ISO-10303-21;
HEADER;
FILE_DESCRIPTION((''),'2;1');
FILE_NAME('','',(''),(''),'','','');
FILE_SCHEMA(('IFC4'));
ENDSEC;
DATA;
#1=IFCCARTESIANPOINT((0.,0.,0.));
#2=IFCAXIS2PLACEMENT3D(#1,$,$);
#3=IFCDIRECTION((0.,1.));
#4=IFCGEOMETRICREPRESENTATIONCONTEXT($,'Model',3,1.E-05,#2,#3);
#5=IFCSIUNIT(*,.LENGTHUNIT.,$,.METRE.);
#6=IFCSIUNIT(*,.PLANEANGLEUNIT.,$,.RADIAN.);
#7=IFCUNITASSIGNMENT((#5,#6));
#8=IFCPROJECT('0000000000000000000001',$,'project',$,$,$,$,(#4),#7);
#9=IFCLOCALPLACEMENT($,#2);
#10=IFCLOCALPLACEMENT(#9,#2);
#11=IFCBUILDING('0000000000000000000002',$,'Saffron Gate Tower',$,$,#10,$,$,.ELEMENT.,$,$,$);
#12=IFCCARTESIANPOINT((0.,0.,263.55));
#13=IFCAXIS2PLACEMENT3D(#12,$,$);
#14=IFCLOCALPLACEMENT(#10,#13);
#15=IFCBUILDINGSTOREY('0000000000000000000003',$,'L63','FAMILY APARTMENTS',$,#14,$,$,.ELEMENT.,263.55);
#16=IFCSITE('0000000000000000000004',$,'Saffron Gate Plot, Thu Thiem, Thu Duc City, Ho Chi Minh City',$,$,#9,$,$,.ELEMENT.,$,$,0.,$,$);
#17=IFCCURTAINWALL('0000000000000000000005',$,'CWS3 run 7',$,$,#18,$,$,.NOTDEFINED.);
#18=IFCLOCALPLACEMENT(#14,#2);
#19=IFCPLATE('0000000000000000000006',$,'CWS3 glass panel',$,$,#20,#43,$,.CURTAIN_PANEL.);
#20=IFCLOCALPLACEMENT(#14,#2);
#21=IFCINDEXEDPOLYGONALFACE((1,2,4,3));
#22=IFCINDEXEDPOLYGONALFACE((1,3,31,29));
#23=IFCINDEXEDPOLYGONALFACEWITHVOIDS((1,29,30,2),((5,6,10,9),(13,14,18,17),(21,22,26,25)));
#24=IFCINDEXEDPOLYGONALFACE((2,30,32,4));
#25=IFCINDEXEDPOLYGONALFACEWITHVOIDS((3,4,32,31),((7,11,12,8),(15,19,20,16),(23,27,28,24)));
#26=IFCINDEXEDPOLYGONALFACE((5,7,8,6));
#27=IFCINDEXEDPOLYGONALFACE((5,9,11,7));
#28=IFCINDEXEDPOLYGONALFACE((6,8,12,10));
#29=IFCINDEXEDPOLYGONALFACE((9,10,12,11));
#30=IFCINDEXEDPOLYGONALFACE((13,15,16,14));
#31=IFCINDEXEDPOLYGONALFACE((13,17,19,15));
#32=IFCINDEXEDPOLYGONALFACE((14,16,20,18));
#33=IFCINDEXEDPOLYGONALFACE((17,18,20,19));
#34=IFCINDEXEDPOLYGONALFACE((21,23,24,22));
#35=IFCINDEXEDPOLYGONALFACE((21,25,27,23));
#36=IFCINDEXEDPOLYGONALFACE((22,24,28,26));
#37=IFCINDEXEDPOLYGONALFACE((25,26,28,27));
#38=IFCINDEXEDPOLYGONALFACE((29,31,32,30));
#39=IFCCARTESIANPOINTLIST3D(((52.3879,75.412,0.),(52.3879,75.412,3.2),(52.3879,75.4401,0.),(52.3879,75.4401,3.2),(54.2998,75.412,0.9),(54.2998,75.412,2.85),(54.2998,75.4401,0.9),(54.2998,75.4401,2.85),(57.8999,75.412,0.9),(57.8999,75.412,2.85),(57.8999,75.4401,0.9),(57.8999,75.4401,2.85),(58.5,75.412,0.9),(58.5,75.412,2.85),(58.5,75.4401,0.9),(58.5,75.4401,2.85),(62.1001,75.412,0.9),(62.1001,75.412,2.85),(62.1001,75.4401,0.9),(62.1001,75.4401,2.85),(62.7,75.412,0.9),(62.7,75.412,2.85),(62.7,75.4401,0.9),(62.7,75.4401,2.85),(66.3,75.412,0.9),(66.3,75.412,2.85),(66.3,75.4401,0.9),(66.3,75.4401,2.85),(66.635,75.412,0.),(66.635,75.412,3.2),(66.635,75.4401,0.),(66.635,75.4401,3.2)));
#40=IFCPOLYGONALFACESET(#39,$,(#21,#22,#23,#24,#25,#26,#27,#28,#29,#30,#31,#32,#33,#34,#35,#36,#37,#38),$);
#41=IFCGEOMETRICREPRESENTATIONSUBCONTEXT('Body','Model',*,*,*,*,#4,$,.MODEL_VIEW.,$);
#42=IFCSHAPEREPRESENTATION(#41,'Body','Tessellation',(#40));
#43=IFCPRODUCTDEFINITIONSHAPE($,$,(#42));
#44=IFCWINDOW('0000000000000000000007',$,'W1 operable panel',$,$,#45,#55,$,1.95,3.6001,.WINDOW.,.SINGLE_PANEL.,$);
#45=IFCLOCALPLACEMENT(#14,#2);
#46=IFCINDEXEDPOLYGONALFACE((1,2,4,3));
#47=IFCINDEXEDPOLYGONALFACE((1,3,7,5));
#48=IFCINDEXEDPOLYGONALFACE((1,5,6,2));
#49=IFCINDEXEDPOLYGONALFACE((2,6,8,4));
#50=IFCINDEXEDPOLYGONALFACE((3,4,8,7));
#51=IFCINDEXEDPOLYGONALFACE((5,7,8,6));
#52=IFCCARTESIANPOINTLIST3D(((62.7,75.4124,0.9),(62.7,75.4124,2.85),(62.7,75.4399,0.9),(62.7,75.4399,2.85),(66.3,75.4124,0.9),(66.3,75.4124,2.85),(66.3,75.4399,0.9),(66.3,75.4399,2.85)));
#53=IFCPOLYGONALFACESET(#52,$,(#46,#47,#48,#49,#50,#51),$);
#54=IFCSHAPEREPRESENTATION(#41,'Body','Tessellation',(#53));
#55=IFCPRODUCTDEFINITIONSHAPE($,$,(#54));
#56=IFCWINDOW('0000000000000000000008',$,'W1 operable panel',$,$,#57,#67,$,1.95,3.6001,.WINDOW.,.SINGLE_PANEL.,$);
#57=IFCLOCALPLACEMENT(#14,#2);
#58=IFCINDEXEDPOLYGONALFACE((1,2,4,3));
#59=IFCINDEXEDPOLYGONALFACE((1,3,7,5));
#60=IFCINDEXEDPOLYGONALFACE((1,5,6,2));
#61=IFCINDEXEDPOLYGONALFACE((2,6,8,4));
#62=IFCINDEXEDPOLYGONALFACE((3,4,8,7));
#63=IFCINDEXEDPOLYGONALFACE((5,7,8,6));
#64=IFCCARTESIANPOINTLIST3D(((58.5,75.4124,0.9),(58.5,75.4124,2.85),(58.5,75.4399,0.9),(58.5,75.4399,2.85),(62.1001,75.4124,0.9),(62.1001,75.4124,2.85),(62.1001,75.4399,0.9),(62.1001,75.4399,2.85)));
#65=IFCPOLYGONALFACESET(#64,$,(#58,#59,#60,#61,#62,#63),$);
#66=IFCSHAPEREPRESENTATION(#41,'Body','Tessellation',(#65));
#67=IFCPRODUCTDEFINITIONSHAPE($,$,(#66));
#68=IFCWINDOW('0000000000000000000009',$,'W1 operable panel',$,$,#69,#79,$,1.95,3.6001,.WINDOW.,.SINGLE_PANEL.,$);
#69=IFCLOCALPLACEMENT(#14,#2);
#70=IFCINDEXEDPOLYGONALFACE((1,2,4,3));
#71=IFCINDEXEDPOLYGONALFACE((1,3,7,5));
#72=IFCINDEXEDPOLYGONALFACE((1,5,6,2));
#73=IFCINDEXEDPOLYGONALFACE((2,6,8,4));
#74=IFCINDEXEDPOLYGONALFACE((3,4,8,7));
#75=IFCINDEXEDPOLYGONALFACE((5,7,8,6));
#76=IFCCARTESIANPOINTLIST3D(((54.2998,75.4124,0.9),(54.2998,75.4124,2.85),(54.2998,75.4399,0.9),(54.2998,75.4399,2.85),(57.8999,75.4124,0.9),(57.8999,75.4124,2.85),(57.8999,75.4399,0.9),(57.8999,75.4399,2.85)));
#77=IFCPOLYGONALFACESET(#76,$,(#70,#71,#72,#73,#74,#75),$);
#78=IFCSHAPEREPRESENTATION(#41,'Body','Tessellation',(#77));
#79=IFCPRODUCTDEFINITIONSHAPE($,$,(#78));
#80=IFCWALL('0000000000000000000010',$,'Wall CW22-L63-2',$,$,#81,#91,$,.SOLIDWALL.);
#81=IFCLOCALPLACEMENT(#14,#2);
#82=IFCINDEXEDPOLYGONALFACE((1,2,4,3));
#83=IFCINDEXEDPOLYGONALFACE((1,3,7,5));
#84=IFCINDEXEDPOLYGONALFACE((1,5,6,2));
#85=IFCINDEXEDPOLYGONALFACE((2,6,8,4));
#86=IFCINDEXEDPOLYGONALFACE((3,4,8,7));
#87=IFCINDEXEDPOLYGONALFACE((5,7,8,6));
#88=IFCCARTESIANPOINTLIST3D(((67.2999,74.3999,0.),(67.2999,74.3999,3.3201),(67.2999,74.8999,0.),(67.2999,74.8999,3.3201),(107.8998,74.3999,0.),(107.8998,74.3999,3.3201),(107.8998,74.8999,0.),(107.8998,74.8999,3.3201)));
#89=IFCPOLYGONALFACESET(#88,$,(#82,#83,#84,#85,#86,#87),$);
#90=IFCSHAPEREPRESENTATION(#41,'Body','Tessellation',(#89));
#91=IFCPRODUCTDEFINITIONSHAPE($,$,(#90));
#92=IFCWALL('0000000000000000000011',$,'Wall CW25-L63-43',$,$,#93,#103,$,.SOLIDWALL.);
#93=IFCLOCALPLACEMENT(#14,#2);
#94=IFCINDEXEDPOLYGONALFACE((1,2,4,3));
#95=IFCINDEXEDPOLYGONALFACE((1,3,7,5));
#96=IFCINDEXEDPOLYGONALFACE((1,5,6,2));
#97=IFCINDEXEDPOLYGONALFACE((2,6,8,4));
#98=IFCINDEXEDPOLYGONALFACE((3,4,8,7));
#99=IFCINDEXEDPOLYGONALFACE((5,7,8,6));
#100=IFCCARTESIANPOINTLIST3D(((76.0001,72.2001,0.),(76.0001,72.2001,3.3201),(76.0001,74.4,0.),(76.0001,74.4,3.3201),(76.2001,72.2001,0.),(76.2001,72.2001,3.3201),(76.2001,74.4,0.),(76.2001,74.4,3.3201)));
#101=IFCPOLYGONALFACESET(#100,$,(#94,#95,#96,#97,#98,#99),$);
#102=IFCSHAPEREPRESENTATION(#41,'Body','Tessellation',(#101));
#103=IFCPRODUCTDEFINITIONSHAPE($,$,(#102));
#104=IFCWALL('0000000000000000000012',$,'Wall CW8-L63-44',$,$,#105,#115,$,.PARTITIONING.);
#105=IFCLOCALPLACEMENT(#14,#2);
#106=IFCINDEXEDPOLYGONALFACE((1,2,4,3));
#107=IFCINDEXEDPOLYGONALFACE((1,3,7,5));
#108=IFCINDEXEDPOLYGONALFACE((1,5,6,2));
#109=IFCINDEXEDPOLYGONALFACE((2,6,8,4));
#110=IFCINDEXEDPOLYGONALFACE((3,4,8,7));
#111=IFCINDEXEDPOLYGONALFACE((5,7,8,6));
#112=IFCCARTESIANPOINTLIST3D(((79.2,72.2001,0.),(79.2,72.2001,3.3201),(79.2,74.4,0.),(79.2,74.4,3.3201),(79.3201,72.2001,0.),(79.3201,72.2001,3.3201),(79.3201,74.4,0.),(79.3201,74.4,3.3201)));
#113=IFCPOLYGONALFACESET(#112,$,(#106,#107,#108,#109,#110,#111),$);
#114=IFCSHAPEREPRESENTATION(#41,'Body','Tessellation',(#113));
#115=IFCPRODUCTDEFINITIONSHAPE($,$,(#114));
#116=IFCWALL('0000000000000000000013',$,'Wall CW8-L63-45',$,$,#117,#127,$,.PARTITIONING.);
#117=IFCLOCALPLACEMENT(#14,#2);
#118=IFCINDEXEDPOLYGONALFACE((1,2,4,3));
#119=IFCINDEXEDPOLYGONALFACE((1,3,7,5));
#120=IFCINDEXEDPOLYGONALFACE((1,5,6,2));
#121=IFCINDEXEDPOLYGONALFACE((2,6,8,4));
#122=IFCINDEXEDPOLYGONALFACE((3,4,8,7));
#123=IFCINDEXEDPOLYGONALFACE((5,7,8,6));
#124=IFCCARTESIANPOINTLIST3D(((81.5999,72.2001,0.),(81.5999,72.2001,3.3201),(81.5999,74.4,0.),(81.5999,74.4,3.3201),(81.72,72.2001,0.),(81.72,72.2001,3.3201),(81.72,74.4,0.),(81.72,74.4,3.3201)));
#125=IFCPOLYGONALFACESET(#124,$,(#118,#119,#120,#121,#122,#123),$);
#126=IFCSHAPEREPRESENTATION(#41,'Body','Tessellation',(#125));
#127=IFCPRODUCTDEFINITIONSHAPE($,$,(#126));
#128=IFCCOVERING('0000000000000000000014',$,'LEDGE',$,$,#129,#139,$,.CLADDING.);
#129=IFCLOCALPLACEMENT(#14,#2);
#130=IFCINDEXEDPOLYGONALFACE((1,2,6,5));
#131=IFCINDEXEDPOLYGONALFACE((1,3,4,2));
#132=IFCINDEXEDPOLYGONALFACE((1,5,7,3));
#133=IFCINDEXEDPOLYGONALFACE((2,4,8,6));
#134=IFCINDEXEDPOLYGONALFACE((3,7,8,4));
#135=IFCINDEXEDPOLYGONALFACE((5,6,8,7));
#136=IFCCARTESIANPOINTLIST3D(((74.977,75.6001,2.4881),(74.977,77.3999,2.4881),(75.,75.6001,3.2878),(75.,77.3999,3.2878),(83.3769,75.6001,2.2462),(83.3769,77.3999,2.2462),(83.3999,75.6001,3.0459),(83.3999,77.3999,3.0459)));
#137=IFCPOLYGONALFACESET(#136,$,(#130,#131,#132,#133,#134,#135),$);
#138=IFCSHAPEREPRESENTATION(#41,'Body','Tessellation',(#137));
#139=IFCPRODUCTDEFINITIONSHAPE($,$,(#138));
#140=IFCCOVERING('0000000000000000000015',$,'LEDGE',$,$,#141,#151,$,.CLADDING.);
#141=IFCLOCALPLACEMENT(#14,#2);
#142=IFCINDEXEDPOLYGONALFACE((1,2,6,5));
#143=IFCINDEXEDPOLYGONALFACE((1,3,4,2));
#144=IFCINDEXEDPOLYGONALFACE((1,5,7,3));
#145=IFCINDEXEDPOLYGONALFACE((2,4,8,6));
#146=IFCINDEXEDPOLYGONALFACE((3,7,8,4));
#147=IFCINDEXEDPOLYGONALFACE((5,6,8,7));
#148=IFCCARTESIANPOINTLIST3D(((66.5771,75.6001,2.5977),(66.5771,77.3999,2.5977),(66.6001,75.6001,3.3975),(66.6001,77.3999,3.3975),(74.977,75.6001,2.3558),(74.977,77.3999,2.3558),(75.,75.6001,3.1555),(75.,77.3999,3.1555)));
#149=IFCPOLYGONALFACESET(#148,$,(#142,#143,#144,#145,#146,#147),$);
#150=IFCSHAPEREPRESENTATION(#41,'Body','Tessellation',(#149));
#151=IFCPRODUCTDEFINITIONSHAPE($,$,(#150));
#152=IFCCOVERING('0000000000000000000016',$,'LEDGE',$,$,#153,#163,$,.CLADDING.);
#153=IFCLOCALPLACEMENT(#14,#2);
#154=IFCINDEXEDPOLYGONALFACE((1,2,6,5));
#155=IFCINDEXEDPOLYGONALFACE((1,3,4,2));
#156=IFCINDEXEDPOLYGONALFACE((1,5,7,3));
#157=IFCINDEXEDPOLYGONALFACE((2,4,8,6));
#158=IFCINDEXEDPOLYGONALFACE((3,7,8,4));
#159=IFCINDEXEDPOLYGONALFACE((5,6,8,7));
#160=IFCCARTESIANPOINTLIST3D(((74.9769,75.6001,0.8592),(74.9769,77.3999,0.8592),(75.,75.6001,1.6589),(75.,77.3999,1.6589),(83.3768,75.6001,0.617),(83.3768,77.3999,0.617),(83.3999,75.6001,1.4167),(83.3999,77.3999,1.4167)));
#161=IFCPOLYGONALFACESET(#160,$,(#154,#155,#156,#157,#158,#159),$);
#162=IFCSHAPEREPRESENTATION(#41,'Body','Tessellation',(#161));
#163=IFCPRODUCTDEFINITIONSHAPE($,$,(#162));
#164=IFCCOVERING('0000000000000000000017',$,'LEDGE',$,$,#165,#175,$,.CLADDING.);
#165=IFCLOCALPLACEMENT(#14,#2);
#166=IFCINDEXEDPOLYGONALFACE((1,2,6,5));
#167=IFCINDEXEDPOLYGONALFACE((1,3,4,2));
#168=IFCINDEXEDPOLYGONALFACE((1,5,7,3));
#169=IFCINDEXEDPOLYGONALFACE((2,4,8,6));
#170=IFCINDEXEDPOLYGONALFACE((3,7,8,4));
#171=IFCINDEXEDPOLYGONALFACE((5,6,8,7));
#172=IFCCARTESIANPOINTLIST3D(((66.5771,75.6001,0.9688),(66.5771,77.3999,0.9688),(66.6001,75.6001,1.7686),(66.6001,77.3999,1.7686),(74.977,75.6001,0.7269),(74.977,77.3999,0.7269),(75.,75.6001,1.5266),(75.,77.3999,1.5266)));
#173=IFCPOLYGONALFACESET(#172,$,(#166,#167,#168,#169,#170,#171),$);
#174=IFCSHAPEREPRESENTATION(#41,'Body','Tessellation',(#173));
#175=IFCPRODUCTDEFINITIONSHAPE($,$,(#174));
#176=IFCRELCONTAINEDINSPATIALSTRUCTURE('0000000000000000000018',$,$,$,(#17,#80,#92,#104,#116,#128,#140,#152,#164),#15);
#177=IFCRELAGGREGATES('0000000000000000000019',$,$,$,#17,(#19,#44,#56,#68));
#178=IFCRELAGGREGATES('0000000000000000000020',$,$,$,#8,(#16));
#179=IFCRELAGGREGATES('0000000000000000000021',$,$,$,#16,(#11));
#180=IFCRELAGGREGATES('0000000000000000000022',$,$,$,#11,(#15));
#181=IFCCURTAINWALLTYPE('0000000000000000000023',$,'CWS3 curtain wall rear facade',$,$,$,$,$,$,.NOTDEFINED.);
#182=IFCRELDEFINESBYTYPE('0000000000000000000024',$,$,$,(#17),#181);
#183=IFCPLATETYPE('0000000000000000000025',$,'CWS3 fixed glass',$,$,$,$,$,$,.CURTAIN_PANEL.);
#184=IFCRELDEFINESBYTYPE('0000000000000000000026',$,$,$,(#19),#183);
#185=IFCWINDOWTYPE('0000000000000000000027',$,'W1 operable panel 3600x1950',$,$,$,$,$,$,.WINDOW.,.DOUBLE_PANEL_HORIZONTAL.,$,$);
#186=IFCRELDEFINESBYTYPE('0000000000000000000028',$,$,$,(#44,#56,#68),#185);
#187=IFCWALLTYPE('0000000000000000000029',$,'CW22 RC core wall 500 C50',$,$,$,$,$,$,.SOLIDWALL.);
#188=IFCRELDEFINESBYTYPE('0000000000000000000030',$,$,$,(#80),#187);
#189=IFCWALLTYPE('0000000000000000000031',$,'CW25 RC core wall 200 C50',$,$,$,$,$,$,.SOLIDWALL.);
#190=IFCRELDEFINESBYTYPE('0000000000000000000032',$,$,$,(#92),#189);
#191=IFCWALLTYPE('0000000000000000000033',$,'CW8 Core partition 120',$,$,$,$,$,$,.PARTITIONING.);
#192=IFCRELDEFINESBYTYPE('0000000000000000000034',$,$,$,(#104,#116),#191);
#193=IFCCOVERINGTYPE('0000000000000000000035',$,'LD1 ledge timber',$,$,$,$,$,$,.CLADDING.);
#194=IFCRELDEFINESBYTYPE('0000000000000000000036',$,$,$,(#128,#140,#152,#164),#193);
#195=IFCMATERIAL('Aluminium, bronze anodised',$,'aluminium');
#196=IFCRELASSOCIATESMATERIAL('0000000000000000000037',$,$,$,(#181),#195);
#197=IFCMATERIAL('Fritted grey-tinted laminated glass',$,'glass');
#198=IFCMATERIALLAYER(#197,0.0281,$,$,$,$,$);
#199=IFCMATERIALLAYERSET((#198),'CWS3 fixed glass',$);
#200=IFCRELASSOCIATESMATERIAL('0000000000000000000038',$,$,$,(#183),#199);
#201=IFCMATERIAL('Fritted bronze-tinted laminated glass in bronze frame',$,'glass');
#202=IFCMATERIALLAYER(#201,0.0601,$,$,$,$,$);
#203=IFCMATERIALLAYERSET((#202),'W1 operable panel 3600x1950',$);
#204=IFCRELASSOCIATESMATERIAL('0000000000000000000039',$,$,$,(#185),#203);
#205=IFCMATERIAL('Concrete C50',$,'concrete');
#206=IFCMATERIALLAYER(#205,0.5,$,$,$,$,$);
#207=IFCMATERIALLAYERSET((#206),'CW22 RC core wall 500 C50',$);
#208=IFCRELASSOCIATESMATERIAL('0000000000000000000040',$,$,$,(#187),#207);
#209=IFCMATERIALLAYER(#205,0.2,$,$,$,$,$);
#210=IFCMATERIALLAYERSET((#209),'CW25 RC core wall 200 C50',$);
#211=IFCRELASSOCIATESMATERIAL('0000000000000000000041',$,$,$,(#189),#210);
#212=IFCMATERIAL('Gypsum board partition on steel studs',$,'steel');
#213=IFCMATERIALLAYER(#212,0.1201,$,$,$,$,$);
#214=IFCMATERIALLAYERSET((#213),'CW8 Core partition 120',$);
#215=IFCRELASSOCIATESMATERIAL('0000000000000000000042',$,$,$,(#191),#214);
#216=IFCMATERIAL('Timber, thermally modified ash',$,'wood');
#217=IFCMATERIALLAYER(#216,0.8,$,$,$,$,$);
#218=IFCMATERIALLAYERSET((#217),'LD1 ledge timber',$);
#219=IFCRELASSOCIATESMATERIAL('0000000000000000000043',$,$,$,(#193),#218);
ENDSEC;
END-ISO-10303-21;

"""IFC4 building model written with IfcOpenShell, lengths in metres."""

from ifc_helpers import new_model, si_unit, direction, frame, frame_2d, origin, place, context, subcontext, project, spatial, polyline, rectangle, outline, extrude, material, layer, layer_set, type_object, element, fill, aggregate, save


model = new_model("IFC4")

# Units and contexts
model_context = context("Model", 3, precision=1e-05, world=origin(), true_north=direction((0.0, 1.0)))
body_context = subcontext(model_context, "Body", "Model", "MODEL_VIEW")
ifc_project = project(units=[si_unit("LENGTHUNIT", "METRE"), si_unit("PLANEANGLEUNIT", "RADIAN")], contexts=[model_context])

# Site, building, storey
site_placement = place(None, origin())
site = spatial("IfcSite", under=ifc_project, at=site_placement, Name="Saffron Gate Plot, Thu Thiem, Thu Duc City, Ho Chi Minh City", CompositionType="ELEMENT", RefElevation=0.0)
building_placement = place(site_placement, origin())
building = spatial("IfcBuilding", under=site, at=building_placement, Name="Saffron Gate Tower", CompositionType="ELEMENT")
storey_placement = place(building_placement, frame((0.0, 0.0, 263.55)))
storey = spatial("IfcBuildingStorey", under=building, at=storey_placement, Name="L63", Description="FAMILY APARTMENTS", CompositionType="ELEMENT", Elevation=263.55)

# Curtain wall, plate, openings, windows
ifc_material_1 = material(Name="Aluminium, bronze anodised", Category="aluminium")
curtain_wall_type = type_object("IfcCurtainWallType", Name="CWS3 curtain wall rear facade", PredefinedType="NOTDEFINED", material=ifc_material_1)
curtain_wall_placement = place(storey_placement, origin())
curtain_wall = element("IfcCurtainWall", 1, at=curtain_wall_placement, inside=storey, type_object=curtain_wall_type, Name="CWS3 run 7", PredefinedType="NOTDEFINED")
ifc_material_2 = material(Name="Fritted grey-tinted laminated glass", Category="glass")
ifc_layer_1 = layer(ifc_material_2, 0.0281)
ifc_layer_set_1 = layer_set([ifc_layer_1], Name="CWS3 fixed glass")
plate_type = type_object("IfcPlateType", Name="CWS3 fixed glass", PredefinedType="CURTAIN_PANEL", material=ifc_layer_set_1)
plate_placement = place(storey_placement, frame((66.635, 75.426, 0.0), z_axis=(0.0, 0.0, 1.0), x_axis=(-1.0, 0.0, 0.0)))
plate = element("IfcPlate", 2, at=plate_placement, type_object=plate_type, Name="CWS3 glass panel", PredefinedType="CURTAIN_PANEL", context=body_context, shape_type="SweptSolid", body=[
    extrude(rectangle(XDim=14.2471, YDim=0.0281, at=frame_2d((7.1235, 0.0))), origin(), (0.0, 0.0, 1.0), 3.2),
])
opening_1_placement = place(plate_placement, frame((0.335, 0.0, 0.8999)))
opening_1 = element("IfcOpeningElement", 3, at=opening_1_placement, cuts=plate, PredefinedType="OPENING", context=body_context, shape_type="SweptSolid", body=[
    extrude(rectangle(XDim=3.6001, YDim=1.95, at=frame_2d((1.8, 0.9751))), frame((0.0, 0.0239, 0.0), z_axis=(0.0, -1.0, 0.0), x_axis=(1.0, 0.0, 0.0)), (0.0, 0.0, 1.0), 0.0481),
])
opening_2_placement = place(plate_placement, frame((4.5349, 0.0, 0.8999)))
opening_2 = element("IfcOpeningElement", 4, at=opening_2_placement, cuts=plate, PredefinedType="OPENING", context=body_context, shape_type="SweptSolid", body=[
    extrude(rectangle(XDim=3.6001, YDim=1.95, at=frame_2d((1.8, 0.9751))), frame((0.0, 0.0239, 0.0), z_axis=(0.0, -1.0, 0.0), x_axis=(1.0, 0.0, 0.0)), (0.0, 0.0, 1.0), 0.0481),
])
opening_3_placement = place(plate_placement, frame((8.7351, 0.0, 0.8999)))
opening_3 = element("IfcOpeningElement", 5, at=opening_3_placement, cuts=plate, PredefinedType="OPENING", context=body_context, shape_type="SweptSolid", body=[
    extrude(rectangle(XDim=3.6001, YDim=1.95, at=frame_2d((1.8, 0.9751))), frame((0.0, 0.0239, 0.0), z_axis=(0.0, -1.0, 0.0), x_axis=(1.0, 0.0, 0.0)), (0.0, 0.0, 1.0), 0.0481),
])
ifc_material_3 = material(Name="Fritted bronze-tinted laminated glass in bronze frame", Category="glass")
ifc_layer_2 = layer(ifc_material_3, 0.0601)
ifc_layer_set_2 = layer_set([ifc_layer_2], Name="W1 operable panel 3600x1950")
window_type = type_object("IfcWindowType", Name="W1 operable panel 3600x1950", PartitioningType="DOUBLE_PANEL_HORIZONTAL", PredefinedType="WINDOW", material=ifc_layer_set_2)
window_1_placement = place(opening_1_placement, origin())
window_1 = element("IfcWindow", 6, at=window_1_placement, type_object=window_type, Name="W1 operable panel", OverallHeight=1.95, OverallWidth=3.6001, PartitioningType="SINGLE_PANEL", PredefinedType="WINDOW", context=body_context, shape_type="SweptSolid", body=[
    extrude(rectangle(XDim=3.6001, YDim=1.95, at=frame_2d((1.8, 0.9751))), frame((0.0, 0.0137, 0.0), z_axis=(0.0, -1.0, 0.0), x_axis=(1.0, 0.0, 0.0)), (0.0, 0.0, 1.0), 0.0276),
])
fill(opening_1, window_1)
window_2_placement = place(opening_2_placement, origin())
window_2 = element("IfcWindow", 7, at=window_2_placement, type_object=window_type, Name="W1 operable panel", OverallHeight=1.95, OverallWidth=3.6001, PartitioningType="SINGLE_PANEL", PredefinedType="WINDOW", context=body_context, shape_type="SweptSolid", body=[
    extrude(rectangle(XDim=3.6001, YDim=1.95, at=frame_2d((1.8, 0.9751))), frame((0.0, 0.0137, 0.0), z_axis=(0.0, -1.0, 0.0), x_axis=(1.0, 0.0, 0.0)), (0.0, 0.0, 1.0), 0.0276),
])
fill(opening_2, window_2)
window_3_placement = place(opening_3_placement, origin())
window_3 = element("IfcWindow", 8, at=window_3_placement, type_object=window_type, Name="W1 operable panel", OverallHeight=1.95, OverallWidth=3.6001, PartitioningType="SINGLE_PANEL", PredefinedType="WINDOW", context=body_context, shape_type="SweptSolid", body=[
    extrude(rectangle(XDim=3.6001, YDim=1.95, at=frame_2d((1.8, 0.9751))), frame((0.0, 0.0137, 0.0), z_axis=(0.0, -1.0, 0.0), x_axis=(1.0, 0.0, 0.0)), (0.0, 0.0, 1.0), 0.0276),
])
fill(opening_3, window_3)
aggregate(curtain_wall, [plate, window_1, window_2, window_3])

# Walls
ifc_material_4 = material(Name="Concrete C50", Category="concrete")
ifc_layer_3 = layer(ifc_material_4, 0.5)
ifc_layer_set_3 = layer_set([ifc_layer_3], Name="CW22 RC core wall 500 C50")
wall_type_1 = type_object("IfcWallType", Name="CW22 RC core wall 500 C50", PredefinedType="SOLIDWALL", material=ifc_layer_set_3)
wall_1_placement = place(storey_placement, frame((67.3, 74.6499, 0.0), z_axis=(0.0, 0.0, 1.0), x_axis=(1.0, 0.0, 0.0)))
element("IfcWall", 9, at=wall_1_placement, inside=storey, type_object=wall_type_1, Name="Wall CW22-L63-2", PredefinedType="SOLIDWALL", context=body_context, shape_type="SweptSolid", body=[
    extrude(rectangle(XDim=40.5999, YDim=0.5, at=frame_2d((20.2998, 0.0))), origin(), (0.0, 0.0, 1.0), 3.3201),
])
ifc_layer_4 = layer(ifc_material_4, 0.2)
ifc_layer_set_4 = layer_set([ifc_layer_4], Name="CW25 RC core wall 200 C50")
wall_type_2 = type_object("IfcWallType", Name="CW25 RC core wall 200 C50", PredefinedType="SOLIDWALL", material=ifc_layer_set_4)
wall_2_placement = place(storey_placement, frame((76.1001, 72.2, 0.0), z_axis=(0.0, 0.0, 1.0), x_axis=(0.0, 1.0, 0.0)))
element("IfcWall", 10, at=wall_2_placement, inside=storey, type_object=wall_type_2, Name="Wall CW25-L63-43", PredefinedType="SOLIDWALL", context=body_context, shape_type="SweptSolid", body=[
    extrude(rectangle(XDim=2.2, YDim=0.2, at=frame_2d((1.1001, 0.0))), origin(), (0.0, 0.0, 1.0), 3.3201),
])
ifc_material_5 = material(Name="Gypsum board partition on steel studs", Category="steel")
ifc_layer_5 = layer(ifc_material_5, 0.1201)
ifc_layer_set_5 = layer_set([ifc_layer_5], Name="CW8 Core partition 120")
wall_type_3 = type_object("IfcWallType", Name="CW8 Core partition 120", PredefinedType="PARTITIONING", material=ifc_layer_set_5)
for number, where, z_axis, x_axis, name in (
    (11, (79.26, 72.2, 0.0), (0.0, 0.0, 1.0), (0.0, 1.0, 0.0), "Wall CW8-L63-44"),
    (12, (81.6599, 72.2, 0.0), (0.0, 0.0, 1.0), (0.0, 1.0, 0.0), "Wall CW8-L63-45"),
):
    element("IfcWall", number, at=place(storey_placement, frame(where, z_axis=z_axis, x_axis=x_axis)), inside=storey, type_object=wall_type_3, Name=name, PredefinedType="PARTITIONING", context=body_context, shape_type="SweptSolid", body=[
        extrude(rectangle(XDim=2.2, YDim=0.1201, at=frame_2d((1.1001, 0.0))), origin(), (0.0, 0.0, 1.0), 3.3201),
    ])

# Coverings
ifc_material_6 = material(Name="Timber, thermally modified ash", Category="wood")
ifc_layer_6 = layer(ifc_material_6, 0.8)
ifc_layer_set_6 = layer_set([ifc_layer_6], Name="LD1 ledge timber")
covering_type_1 = type_object("IfcCoveringType", Name="LD1 ledge timber", PredefinedType="CLADDING", material=ifc_layer_set_6)
for number, where, z_axis, x_axis, name in (
    (13, (83.3999, 75.6001, 3.0459), (0.028791, 0.0, 0.999585), (-0.999585, 0.0, 0.028791), "LEDGE"),
    (14, (75.0, 75.6001, 3.1555), (0.028791, 0.0, 0.999585), (-0.999585, 0.0, 0.028791), "LEDGE"),
):
    element("IfcCovering", number, at=place(storey_placement, frame(where, z_axis=z_axis, x_axis=x_axis)), inside=storey, type_object=covering_type_1, Name=name, PredefinedType="CLADDING", context=body_context, shape_type="SweptSolid", body=[
        extrude(outline(polyline([(0.0, 0.0), (8.4034, 0.0), (8.4034, -1.7998), (0.0, -1.7998), (0.0, 0.0)])), origin(), (0.0, 0.0, -1.0), 0.8),
    ])
covering_1_placement = place(storey_placement, frame((83.3999, 75.6001, 1.4167), z_axis=(0.02882, 0.0, 0.999585), x_axis=(-0.999585, 0.0, 0.02882)))
element("IfcCovering", 15, at=covering_1_placement, inside=storey, type_object=covering_type_1, Name="LEDGE", PredefinedType="CLADDING", context=body_context, shape_type="SweptSolid", body=[
    extrude(outline(polyline([(0.0, 0.0), (8.4034, 0.0), (8.4034, -1.7998), (0.0, -1.7998), (0.0, 0.0)])), origin(), (0.0, 0.0, -1.0), 0.8),
])
covering_2_placement = place(storey_placement, frame((75.0, 75.6001, 1.5266), z_axis=(0.028791, 0.0, 0.999585), x_axis=(-0.999585, 0.0, 0.028791)))
element("IfcCovering", 16, at=covering_2_placement, inside=storey, type_object=covering_type_1, Name="LEDGE", PredefinedType="CLADDING", context=body_context, shape_type="SweptSolid", body=[
    extrude(outline(polyline([(0.0, 0.0), (8.4034, 0.0), (8.4034, -1.7998), (0.0, -1.7998), (0.0, 0.0)])), origin(), (0.0, 0.0, -1.0), 0.8),
])

save(model, "model.ifc")
